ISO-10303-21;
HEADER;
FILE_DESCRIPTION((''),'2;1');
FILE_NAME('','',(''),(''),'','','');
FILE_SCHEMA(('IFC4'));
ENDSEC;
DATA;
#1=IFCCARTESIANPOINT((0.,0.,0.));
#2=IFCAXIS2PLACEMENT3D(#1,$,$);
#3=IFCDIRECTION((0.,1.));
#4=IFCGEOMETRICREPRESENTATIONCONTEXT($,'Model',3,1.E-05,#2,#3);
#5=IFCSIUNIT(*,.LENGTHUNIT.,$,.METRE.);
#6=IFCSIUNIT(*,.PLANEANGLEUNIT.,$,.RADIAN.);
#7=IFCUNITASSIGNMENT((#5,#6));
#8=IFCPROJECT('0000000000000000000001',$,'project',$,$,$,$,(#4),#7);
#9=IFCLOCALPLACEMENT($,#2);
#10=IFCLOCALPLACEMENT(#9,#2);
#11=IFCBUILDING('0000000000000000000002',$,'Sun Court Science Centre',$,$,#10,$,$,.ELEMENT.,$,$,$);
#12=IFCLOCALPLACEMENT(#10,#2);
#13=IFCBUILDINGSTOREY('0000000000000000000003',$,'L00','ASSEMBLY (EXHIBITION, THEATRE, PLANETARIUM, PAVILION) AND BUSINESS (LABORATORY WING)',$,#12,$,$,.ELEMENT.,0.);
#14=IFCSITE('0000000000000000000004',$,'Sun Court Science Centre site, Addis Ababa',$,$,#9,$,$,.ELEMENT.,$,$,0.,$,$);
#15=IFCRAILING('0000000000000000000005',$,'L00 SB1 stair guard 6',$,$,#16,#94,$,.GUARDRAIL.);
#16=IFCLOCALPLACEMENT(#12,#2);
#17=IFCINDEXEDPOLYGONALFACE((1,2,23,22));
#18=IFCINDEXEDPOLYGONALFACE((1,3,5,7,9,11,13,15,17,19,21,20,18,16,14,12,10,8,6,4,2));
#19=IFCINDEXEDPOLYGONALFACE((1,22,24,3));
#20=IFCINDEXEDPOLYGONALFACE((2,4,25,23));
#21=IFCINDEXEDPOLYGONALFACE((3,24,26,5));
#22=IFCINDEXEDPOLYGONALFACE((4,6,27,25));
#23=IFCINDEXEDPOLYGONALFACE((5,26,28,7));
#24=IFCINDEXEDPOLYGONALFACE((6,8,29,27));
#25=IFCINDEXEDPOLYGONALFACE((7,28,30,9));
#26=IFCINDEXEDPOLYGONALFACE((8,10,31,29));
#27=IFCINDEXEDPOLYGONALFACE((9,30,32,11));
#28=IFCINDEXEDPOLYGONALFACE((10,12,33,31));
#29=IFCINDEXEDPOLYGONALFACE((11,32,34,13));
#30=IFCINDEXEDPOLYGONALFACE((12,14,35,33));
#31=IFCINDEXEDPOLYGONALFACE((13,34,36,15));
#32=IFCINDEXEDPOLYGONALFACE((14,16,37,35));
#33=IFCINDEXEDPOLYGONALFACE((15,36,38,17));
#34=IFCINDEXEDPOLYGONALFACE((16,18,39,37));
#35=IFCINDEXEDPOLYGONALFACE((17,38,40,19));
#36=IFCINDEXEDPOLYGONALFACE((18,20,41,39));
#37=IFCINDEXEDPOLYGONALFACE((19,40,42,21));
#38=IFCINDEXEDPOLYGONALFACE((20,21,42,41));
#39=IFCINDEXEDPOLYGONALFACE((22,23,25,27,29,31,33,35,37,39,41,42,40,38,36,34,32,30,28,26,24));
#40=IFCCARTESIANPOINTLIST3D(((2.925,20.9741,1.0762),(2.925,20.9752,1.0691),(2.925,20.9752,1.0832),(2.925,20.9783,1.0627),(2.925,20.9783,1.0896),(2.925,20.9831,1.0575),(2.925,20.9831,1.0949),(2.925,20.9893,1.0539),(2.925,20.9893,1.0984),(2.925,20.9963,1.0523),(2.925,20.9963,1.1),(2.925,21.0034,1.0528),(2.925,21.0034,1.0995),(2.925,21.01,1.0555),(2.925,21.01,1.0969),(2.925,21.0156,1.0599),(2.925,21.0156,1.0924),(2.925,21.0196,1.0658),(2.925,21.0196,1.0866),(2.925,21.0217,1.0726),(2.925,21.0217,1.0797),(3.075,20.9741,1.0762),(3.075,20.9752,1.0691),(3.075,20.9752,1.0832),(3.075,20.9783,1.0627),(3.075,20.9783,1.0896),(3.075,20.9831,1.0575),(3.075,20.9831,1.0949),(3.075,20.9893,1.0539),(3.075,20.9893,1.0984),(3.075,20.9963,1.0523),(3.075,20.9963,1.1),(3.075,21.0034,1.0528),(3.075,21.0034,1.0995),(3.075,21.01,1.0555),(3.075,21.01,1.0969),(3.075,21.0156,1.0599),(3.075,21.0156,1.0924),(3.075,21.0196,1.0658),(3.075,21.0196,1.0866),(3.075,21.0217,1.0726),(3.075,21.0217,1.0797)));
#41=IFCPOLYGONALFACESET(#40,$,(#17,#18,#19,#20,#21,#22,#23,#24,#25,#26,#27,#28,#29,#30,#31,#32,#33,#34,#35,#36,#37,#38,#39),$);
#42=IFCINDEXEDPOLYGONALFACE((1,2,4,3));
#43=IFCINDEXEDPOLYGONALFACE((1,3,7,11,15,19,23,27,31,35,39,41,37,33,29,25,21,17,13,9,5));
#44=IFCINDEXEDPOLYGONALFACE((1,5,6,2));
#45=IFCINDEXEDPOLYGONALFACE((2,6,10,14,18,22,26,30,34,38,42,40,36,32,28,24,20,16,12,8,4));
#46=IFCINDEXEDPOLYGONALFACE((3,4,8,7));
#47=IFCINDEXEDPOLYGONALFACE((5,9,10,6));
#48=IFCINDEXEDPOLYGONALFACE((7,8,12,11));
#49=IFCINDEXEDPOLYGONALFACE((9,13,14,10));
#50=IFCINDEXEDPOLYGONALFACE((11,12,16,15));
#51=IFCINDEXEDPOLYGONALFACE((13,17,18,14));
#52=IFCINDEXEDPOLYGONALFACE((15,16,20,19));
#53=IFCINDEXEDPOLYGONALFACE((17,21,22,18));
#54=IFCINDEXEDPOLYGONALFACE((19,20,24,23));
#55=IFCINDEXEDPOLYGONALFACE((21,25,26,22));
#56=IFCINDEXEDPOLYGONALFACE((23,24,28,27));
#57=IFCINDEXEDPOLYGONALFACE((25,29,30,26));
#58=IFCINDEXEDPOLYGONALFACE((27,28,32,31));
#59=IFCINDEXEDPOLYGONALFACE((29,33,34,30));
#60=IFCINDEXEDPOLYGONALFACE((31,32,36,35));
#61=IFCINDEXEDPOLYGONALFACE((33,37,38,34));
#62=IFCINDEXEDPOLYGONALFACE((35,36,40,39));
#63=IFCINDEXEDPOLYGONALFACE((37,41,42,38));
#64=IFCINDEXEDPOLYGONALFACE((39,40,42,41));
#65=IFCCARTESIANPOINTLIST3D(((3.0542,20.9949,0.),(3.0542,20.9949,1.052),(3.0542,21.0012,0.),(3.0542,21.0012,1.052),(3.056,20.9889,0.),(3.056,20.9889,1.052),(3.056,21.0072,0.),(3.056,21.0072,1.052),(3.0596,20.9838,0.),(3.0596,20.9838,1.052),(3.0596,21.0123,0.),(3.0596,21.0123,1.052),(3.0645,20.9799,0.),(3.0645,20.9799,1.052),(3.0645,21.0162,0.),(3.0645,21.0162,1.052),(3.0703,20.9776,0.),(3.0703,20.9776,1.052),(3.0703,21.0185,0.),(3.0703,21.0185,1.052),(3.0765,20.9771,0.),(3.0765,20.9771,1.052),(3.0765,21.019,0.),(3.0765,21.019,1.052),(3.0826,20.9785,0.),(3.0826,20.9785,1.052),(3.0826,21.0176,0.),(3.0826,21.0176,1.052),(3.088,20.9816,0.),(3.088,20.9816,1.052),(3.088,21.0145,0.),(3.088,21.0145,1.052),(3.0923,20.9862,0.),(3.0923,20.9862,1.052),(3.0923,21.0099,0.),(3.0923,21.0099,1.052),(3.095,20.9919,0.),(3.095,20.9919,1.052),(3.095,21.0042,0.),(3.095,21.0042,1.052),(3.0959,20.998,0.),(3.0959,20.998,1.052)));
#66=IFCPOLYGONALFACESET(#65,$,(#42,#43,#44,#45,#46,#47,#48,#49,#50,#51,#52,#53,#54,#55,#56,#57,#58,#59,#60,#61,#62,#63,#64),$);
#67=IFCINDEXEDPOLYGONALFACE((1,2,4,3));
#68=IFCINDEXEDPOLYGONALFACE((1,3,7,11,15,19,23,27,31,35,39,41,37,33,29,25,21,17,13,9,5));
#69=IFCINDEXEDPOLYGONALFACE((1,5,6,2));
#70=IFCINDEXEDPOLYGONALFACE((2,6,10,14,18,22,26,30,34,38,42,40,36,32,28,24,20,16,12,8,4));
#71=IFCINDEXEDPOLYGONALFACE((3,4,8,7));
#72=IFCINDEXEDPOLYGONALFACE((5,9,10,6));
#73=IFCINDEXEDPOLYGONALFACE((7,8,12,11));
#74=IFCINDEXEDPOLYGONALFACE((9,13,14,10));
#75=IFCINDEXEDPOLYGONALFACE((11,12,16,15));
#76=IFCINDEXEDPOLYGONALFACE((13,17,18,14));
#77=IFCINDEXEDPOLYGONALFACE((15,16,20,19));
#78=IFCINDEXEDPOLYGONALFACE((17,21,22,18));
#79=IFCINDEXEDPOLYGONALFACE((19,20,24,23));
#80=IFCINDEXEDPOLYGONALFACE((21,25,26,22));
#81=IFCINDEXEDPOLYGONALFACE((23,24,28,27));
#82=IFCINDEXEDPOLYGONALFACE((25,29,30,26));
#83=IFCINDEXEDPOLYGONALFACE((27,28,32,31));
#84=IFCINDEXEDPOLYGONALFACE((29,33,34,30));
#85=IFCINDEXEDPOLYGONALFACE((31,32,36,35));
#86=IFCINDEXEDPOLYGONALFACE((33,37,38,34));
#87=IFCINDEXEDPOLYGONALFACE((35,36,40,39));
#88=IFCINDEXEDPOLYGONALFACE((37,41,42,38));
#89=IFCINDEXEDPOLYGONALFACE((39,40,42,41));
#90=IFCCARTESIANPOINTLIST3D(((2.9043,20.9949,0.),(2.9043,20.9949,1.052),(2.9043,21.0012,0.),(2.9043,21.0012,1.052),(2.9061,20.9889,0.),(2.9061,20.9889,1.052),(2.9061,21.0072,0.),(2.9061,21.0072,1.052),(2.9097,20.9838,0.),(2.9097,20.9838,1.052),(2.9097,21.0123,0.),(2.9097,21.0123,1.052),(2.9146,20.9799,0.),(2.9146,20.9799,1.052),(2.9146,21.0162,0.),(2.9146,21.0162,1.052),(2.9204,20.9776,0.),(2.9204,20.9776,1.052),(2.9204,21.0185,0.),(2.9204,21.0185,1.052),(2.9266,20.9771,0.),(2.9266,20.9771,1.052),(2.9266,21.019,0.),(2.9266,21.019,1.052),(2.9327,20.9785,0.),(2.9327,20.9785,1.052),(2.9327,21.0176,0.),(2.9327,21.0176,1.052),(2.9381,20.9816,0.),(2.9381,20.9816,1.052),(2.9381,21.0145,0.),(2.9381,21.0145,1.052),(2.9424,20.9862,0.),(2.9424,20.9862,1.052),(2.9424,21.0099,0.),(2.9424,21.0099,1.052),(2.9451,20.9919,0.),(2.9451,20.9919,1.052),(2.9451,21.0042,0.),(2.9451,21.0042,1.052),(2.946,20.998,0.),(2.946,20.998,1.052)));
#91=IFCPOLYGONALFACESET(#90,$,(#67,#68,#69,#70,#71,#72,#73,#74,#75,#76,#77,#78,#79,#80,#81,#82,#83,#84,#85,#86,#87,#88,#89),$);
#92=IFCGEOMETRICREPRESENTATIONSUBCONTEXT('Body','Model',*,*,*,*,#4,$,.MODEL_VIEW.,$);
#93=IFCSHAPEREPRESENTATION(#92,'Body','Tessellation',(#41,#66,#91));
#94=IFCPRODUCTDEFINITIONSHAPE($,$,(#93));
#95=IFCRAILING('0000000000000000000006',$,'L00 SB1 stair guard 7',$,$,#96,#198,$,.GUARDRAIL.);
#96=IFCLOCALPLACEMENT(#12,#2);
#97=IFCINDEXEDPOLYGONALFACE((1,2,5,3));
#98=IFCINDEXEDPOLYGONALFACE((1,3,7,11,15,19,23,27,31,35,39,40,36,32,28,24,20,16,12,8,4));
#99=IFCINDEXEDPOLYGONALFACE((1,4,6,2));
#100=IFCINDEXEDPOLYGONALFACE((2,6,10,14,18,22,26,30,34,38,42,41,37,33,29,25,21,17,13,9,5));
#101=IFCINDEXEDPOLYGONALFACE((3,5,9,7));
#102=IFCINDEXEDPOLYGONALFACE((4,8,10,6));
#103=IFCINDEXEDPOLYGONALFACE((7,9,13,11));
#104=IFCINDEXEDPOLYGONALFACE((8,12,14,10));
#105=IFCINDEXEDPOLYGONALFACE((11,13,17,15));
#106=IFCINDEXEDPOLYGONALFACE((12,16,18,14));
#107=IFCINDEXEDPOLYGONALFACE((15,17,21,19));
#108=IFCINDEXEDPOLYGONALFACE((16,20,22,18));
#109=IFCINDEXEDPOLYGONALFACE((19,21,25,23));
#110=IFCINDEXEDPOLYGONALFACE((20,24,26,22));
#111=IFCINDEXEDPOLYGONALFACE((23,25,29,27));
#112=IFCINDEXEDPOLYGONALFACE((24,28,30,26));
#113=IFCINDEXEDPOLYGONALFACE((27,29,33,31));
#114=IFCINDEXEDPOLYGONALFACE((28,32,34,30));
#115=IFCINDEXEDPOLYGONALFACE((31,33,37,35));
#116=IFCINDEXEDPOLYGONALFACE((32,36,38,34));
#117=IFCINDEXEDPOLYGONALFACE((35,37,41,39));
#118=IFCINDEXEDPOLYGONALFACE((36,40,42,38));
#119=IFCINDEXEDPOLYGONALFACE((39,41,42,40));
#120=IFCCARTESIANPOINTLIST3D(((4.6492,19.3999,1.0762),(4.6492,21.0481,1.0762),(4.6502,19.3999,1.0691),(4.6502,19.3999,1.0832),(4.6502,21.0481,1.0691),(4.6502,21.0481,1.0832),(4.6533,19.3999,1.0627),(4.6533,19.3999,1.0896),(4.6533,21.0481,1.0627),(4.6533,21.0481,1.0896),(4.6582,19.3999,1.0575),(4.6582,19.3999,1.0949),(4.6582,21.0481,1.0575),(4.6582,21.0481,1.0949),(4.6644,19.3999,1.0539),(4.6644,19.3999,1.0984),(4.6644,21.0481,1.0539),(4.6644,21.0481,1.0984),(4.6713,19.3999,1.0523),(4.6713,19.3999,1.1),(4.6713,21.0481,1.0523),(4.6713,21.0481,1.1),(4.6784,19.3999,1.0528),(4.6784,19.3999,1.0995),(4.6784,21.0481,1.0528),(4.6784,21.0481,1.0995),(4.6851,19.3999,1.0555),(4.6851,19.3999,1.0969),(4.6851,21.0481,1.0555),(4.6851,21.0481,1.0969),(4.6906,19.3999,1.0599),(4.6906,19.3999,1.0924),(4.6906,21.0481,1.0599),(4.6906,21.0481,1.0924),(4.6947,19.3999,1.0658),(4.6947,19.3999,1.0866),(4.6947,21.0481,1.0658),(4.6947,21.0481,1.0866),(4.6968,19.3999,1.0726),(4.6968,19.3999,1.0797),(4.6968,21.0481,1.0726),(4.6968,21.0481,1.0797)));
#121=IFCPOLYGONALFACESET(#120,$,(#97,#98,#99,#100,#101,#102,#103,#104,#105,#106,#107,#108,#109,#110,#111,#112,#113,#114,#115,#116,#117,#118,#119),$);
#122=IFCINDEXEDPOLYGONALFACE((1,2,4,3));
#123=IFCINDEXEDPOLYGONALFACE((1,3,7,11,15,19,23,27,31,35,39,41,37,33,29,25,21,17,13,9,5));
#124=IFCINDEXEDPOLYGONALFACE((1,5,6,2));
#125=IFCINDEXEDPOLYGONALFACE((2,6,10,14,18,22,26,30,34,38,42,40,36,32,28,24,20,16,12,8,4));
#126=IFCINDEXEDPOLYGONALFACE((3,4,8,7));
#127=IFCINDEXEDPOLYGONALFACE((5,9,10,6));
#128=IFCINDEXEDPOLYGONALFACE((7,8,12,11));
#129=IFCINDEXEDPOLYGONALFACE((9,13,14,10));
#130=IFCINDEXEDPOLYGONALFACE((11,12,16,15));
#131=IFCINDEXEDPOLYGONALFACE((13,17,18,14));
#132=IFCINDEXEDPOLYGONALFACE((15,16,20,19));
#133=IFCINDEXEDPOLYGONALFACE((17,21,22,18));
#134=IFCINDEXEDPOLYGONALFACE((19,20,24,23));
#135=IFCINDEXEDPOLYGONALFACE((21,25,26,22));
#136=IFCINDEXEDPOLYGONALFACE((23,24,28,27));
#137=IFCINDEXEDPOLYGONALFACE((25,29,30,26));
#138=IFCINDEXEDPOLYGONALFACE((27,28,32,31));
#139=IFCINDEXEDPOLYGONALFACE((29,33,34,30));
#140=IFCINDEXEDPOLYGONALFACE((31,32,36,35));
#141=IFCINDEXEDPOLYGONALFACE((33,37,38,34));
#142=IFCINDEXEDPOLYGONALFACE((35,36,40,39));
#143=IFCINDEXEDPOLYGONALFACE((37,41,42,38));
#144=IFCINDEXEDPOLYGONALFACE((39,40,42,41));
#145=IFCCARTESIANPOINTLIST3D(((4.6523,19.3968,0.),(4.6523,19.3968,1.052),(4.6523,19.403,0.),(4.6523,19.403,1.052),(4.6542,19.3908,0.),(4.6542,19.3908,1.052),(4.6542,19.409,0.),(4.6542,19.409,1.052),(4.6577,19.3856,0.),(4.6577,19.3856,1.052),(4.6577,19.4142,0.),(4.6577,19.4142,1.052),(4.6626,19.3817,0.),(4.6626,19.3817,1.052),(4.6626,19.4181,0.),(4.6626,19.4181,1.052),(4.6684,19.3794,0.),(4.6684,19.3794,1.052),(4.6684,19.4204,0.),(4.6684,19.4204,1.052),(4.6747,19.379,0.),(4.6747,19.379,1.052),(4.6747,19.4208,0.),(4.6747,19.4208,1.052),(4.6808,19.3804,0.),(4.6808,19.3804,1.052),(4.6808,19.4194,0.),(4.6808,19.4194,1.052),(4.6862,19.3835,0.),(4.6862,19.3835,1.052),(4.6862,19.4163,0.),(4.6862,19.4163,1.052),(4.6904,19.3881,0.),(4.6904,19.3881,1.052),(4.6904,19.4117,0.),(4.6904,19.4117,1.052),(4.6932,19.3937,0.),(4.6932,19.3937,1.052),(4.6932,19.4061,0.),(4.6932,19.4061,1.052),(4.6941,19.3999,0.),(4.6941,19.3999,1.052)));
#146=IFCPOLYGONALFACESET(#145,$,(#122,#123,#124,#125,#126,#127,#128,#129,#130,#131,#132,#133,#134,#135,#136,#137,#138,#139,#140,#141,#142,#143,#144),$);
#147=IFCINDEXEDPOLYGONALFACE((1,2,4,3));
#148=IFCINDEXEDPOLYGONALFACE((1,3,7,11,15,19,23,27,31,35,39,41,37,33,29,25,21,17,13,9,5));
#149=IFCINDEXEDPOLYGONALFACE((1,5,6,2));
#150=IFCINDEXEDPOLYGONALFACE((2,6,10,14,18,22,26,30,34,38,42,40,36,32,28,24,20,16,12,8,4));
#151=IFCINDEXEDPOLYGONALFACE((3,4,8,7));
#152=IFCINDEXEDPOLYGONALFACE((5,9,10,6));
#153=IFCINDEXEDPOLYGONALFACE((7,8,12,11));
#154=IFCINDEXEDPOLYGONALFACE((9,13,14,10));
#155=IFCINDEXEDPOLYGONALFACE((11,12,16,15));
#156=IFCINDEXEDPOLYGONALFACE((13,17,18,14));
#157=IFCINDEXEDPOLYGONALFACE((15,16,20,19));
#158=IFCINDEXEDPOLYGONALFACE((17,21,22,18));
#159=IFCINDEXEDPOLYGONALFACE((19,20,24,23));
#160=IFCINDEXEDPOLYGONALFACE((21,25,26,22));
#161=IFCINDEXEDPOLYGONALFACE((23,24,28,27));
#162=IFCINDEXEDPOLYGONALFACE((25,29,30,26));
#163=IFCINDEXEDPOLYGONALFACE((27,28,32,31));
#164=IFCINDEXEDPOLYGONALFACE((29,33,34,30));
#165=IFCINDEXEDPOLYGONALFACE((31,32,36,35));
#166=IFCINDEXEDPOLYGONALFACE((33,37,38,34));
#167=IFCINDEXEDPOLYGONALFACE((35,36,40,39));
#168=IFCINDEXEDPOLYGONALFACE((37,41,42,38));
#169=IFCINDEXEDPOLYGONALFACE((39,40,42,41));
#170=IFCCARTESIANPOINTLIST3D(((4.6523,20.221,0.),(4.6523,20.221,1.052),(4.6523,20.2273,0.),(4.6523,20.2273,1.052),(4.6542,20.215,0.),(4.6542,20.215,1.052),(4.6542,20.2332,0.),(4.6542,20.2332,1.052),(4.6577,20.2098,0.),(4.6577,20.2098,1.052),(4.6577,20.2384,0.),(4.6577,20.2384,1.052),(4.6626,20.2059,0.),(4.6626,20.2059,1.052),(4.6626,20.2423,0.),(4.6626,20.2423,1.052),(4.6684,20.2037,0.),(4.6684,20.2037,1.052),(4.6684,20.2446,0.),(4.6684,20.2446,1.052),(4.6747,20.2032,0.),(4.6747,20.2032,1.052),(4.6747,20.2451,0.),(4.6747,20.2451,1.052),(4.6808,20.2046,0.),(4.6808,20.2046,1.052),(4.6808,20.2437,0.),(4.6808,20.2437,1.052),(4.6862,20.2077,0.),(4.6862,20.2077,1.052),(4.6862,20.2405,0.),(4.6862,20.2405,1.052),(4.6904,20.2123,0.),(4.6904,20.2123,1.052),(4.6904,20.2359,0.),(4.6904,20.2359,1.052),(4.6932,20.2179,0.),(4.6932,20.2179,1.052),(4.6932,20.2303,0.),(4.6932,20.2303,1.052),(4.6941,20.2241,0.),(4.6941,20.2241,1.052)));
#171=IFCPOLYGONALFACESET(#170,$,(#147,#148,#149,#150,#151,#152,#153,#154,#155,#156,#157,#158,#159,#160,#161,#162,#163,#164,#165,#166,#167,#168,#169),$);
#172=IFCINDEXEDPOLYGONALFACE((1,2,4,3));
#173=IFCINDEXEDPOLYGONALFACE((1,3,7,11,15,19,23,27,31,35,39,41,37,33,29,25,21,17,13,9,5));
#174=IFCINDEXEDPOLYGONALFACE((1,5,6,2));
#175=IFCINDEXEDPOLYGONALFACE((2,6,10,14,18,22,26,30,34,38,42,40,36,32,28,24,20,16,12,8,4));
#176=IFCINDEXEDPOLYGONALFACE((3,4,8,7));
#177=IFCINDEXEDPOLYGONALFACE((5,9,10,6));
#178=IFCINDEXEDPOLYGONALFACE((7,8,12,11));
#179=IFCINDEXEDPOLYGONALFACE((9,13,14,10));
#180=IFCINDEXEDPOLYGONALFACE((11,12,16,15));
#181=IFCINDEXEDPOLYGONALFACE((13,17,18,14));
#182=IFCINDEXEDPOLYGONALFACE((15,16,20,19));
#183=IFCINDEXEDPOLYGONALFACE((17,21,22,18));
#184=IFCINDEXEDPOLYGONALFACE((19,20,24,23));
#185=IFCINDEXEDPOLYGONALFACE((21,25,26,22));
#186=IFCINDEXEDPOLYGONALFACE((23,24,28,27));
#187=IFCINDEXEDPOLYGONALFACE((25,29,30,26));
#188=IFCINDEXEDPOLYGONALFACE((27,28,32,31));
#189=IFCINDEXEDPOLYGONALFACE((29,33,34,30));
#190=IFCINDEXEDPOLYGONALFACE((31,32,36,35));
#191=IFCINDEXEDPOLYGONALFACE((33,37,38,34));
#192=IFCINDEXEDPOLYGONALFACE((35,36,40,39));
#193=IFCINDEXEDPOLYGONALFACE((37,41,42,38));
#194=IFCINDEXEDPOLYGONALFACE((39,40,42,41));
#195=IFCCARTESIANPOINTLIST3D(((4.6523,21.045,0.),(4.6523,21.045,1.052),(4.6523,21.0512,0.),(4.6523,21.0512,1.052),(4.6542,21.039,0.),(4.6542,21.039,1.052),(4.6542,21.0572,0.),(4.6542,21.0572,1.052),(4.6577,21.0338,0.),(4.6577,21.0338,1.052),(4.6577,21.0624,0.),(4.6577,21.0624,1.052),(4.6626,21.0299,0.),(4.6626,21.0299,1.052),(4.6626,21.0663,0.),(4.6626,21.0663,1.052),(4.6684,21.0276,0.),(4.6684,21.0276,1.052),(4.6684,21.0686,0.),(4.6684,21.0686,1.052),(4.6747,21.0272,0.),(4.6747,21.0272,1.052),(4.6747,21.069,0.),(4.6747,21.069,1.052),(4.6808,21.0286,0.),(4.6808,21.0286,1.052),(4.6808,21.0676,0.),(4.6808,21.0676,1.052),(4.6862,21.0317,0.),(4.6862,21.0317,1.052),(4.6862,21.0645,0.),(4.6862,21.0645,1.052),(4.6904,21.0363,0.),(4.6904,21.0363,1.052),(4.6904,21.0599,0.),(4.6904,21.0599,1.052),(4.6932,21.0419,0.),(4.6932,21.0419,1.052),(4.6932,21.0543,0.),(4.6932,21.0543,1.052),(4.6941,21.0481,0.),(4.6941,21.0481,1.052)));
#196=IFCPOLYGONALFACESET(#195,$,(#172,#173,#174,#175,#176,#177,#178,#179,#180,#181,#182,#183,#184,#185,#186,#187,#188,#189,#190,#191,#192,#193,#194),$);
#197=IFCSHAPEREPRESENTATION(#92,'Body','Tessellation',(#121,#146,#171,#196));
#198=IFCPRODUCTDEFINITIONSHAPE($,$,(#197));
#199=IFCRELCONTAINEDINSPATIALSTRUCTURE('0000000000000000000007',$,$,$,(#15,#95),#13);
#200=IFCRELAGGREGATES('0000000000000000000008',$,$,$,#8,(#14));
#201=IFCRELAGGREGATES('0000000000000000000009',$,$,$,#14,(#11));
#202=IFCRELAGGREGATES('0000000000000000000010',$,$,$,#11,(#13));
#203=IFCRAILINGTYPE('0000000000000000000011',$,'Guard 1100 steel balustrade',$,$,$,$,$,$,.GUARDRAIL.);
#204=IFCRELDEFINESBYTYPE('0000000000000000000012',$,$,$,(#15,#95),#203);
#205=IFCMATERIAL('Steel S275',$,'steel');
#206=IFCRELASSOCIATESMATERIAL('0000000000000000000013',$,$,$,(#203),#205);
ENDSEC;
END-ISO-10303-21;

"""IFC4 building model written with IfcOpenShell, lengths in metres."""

from ifc_helpers import new_model, si_unit, direction, frame, origin, origin_2d, place, context, subcontext, project, spatial, circle, extrude, material, type_object, element, save


model = new_model("IFC4")

# Units and contexts
model_context = context("Model", 3, precision=1e-05, world=origin(), true_north=direction((0.0, 1.0)))
body_context = subcontext(model_context, "Body", "Model", "MODEL_VIEW")
ifc_project = project(units=[si_unit("LENGTHUNIT", "METRE"), si_unit("PLANEANGLEUNIT", "RADIAN")], contexts=[model_context])

# Site, building, storey
site_placement = place(None, origin())
site = spatial("IfcSite", under=ifc_project, at=site_placement, Name="Sun Court Science Centre site, Addis Ababa", CompositionType="ELEMENT", RefElevation=0.0)
building_placement = place(site_placement, origin())
building = spatial("IfcBuilding", under=site, at=building_placement, Name="Sun Court Science Centre", CompositionType="ELEMENT")
storey_placement = place(building_placement, origin())
storey = spatial("IfcBuildingStorey", under=building, at=storey_placement, Name="L00", Description="ASSEMBLY (EXHIBITION, THEATRE, PLANETARIUM, PAVILION) AND BUSINESS (LABORATORY WING)", CompositionType="ELEMENT", Elevation=0.0)

# Railings
ifc_material_1 = material(Name="Steel S275", Category="steel")
railing_type_1 = type_object("IfcRailingType", Name="Guard 1100 steel balustrade", PredefinedType="GUARDRAIL", material=ifc_material_1)
railing_1_placement = place(storey_placement, frame((3.075, 20.998, 0.0)))
element("IfcRailing", 1, at=railing_1_placement, inside=storey, type_object=railing_type_1, Name="L00 SB1 stair guard 6", PredefinedType="GUARDRAIL", context=body_context, shape_type="SweptSolid", body=[
    extrude(circle(Radius=0.0239, at=origin_2d()), frame((0.0, 0.0, 1.0762), z_axis=(-1.0, 0.0, 0.0), x_axis=(0.0, -1.0, 0.0)), (0.0, 0.0, 1.0), 0.1499),
    extrude(circle(Radius=0.021, at=origin_2d()), origin(), (0.0, 0.0, 1.0), 1.052),
    extrude(circle(Radius=0.021, at=origin_2d()), frame((-0.1499, 0.0, 0.0)), (0.0, 0.0, 1.0), 1.052),
])
for number, where, name in (
    (2, (4.6731, 19.3999, 0.0), "L00 SB1 stair guard 7"),
):
    element("IfcRailing", number, at=place(storey_placement, frame(where)), inside=storey, type_object=railing_type_1, Name=name, PredefinedType="GUARDRAIL", context=body_context, shape_type="SweptSolid", body=[
        extrude(circle(Radius=0.0239, at=origin_2d()), frame((0.0, 0.0, 1.0762), z_axis=(0.0, 1.0, 0.0), x_axis=(-1.0, 0.0, 0.0)), (0.0, 0.0, 1.0), 1.6482),
        extrude(circle(Radius=0.021, at=origin_2d()), origin(), (0.0, 0.0, 1.0), 1.052),
        extrude(circle(Radius=0.021, at=origin_2d()), frame((0.0, 0.8242, 0.0)), (0.0, 0.0, 1.0), 1.052),
        extrude(circle(Radius=0.021, at=origin_2d()), frame((0.0, 1.6482, 0.0)), (0.0, 0.0, 1.0), 1.052),
    ])

save(model, "model.ifc")
